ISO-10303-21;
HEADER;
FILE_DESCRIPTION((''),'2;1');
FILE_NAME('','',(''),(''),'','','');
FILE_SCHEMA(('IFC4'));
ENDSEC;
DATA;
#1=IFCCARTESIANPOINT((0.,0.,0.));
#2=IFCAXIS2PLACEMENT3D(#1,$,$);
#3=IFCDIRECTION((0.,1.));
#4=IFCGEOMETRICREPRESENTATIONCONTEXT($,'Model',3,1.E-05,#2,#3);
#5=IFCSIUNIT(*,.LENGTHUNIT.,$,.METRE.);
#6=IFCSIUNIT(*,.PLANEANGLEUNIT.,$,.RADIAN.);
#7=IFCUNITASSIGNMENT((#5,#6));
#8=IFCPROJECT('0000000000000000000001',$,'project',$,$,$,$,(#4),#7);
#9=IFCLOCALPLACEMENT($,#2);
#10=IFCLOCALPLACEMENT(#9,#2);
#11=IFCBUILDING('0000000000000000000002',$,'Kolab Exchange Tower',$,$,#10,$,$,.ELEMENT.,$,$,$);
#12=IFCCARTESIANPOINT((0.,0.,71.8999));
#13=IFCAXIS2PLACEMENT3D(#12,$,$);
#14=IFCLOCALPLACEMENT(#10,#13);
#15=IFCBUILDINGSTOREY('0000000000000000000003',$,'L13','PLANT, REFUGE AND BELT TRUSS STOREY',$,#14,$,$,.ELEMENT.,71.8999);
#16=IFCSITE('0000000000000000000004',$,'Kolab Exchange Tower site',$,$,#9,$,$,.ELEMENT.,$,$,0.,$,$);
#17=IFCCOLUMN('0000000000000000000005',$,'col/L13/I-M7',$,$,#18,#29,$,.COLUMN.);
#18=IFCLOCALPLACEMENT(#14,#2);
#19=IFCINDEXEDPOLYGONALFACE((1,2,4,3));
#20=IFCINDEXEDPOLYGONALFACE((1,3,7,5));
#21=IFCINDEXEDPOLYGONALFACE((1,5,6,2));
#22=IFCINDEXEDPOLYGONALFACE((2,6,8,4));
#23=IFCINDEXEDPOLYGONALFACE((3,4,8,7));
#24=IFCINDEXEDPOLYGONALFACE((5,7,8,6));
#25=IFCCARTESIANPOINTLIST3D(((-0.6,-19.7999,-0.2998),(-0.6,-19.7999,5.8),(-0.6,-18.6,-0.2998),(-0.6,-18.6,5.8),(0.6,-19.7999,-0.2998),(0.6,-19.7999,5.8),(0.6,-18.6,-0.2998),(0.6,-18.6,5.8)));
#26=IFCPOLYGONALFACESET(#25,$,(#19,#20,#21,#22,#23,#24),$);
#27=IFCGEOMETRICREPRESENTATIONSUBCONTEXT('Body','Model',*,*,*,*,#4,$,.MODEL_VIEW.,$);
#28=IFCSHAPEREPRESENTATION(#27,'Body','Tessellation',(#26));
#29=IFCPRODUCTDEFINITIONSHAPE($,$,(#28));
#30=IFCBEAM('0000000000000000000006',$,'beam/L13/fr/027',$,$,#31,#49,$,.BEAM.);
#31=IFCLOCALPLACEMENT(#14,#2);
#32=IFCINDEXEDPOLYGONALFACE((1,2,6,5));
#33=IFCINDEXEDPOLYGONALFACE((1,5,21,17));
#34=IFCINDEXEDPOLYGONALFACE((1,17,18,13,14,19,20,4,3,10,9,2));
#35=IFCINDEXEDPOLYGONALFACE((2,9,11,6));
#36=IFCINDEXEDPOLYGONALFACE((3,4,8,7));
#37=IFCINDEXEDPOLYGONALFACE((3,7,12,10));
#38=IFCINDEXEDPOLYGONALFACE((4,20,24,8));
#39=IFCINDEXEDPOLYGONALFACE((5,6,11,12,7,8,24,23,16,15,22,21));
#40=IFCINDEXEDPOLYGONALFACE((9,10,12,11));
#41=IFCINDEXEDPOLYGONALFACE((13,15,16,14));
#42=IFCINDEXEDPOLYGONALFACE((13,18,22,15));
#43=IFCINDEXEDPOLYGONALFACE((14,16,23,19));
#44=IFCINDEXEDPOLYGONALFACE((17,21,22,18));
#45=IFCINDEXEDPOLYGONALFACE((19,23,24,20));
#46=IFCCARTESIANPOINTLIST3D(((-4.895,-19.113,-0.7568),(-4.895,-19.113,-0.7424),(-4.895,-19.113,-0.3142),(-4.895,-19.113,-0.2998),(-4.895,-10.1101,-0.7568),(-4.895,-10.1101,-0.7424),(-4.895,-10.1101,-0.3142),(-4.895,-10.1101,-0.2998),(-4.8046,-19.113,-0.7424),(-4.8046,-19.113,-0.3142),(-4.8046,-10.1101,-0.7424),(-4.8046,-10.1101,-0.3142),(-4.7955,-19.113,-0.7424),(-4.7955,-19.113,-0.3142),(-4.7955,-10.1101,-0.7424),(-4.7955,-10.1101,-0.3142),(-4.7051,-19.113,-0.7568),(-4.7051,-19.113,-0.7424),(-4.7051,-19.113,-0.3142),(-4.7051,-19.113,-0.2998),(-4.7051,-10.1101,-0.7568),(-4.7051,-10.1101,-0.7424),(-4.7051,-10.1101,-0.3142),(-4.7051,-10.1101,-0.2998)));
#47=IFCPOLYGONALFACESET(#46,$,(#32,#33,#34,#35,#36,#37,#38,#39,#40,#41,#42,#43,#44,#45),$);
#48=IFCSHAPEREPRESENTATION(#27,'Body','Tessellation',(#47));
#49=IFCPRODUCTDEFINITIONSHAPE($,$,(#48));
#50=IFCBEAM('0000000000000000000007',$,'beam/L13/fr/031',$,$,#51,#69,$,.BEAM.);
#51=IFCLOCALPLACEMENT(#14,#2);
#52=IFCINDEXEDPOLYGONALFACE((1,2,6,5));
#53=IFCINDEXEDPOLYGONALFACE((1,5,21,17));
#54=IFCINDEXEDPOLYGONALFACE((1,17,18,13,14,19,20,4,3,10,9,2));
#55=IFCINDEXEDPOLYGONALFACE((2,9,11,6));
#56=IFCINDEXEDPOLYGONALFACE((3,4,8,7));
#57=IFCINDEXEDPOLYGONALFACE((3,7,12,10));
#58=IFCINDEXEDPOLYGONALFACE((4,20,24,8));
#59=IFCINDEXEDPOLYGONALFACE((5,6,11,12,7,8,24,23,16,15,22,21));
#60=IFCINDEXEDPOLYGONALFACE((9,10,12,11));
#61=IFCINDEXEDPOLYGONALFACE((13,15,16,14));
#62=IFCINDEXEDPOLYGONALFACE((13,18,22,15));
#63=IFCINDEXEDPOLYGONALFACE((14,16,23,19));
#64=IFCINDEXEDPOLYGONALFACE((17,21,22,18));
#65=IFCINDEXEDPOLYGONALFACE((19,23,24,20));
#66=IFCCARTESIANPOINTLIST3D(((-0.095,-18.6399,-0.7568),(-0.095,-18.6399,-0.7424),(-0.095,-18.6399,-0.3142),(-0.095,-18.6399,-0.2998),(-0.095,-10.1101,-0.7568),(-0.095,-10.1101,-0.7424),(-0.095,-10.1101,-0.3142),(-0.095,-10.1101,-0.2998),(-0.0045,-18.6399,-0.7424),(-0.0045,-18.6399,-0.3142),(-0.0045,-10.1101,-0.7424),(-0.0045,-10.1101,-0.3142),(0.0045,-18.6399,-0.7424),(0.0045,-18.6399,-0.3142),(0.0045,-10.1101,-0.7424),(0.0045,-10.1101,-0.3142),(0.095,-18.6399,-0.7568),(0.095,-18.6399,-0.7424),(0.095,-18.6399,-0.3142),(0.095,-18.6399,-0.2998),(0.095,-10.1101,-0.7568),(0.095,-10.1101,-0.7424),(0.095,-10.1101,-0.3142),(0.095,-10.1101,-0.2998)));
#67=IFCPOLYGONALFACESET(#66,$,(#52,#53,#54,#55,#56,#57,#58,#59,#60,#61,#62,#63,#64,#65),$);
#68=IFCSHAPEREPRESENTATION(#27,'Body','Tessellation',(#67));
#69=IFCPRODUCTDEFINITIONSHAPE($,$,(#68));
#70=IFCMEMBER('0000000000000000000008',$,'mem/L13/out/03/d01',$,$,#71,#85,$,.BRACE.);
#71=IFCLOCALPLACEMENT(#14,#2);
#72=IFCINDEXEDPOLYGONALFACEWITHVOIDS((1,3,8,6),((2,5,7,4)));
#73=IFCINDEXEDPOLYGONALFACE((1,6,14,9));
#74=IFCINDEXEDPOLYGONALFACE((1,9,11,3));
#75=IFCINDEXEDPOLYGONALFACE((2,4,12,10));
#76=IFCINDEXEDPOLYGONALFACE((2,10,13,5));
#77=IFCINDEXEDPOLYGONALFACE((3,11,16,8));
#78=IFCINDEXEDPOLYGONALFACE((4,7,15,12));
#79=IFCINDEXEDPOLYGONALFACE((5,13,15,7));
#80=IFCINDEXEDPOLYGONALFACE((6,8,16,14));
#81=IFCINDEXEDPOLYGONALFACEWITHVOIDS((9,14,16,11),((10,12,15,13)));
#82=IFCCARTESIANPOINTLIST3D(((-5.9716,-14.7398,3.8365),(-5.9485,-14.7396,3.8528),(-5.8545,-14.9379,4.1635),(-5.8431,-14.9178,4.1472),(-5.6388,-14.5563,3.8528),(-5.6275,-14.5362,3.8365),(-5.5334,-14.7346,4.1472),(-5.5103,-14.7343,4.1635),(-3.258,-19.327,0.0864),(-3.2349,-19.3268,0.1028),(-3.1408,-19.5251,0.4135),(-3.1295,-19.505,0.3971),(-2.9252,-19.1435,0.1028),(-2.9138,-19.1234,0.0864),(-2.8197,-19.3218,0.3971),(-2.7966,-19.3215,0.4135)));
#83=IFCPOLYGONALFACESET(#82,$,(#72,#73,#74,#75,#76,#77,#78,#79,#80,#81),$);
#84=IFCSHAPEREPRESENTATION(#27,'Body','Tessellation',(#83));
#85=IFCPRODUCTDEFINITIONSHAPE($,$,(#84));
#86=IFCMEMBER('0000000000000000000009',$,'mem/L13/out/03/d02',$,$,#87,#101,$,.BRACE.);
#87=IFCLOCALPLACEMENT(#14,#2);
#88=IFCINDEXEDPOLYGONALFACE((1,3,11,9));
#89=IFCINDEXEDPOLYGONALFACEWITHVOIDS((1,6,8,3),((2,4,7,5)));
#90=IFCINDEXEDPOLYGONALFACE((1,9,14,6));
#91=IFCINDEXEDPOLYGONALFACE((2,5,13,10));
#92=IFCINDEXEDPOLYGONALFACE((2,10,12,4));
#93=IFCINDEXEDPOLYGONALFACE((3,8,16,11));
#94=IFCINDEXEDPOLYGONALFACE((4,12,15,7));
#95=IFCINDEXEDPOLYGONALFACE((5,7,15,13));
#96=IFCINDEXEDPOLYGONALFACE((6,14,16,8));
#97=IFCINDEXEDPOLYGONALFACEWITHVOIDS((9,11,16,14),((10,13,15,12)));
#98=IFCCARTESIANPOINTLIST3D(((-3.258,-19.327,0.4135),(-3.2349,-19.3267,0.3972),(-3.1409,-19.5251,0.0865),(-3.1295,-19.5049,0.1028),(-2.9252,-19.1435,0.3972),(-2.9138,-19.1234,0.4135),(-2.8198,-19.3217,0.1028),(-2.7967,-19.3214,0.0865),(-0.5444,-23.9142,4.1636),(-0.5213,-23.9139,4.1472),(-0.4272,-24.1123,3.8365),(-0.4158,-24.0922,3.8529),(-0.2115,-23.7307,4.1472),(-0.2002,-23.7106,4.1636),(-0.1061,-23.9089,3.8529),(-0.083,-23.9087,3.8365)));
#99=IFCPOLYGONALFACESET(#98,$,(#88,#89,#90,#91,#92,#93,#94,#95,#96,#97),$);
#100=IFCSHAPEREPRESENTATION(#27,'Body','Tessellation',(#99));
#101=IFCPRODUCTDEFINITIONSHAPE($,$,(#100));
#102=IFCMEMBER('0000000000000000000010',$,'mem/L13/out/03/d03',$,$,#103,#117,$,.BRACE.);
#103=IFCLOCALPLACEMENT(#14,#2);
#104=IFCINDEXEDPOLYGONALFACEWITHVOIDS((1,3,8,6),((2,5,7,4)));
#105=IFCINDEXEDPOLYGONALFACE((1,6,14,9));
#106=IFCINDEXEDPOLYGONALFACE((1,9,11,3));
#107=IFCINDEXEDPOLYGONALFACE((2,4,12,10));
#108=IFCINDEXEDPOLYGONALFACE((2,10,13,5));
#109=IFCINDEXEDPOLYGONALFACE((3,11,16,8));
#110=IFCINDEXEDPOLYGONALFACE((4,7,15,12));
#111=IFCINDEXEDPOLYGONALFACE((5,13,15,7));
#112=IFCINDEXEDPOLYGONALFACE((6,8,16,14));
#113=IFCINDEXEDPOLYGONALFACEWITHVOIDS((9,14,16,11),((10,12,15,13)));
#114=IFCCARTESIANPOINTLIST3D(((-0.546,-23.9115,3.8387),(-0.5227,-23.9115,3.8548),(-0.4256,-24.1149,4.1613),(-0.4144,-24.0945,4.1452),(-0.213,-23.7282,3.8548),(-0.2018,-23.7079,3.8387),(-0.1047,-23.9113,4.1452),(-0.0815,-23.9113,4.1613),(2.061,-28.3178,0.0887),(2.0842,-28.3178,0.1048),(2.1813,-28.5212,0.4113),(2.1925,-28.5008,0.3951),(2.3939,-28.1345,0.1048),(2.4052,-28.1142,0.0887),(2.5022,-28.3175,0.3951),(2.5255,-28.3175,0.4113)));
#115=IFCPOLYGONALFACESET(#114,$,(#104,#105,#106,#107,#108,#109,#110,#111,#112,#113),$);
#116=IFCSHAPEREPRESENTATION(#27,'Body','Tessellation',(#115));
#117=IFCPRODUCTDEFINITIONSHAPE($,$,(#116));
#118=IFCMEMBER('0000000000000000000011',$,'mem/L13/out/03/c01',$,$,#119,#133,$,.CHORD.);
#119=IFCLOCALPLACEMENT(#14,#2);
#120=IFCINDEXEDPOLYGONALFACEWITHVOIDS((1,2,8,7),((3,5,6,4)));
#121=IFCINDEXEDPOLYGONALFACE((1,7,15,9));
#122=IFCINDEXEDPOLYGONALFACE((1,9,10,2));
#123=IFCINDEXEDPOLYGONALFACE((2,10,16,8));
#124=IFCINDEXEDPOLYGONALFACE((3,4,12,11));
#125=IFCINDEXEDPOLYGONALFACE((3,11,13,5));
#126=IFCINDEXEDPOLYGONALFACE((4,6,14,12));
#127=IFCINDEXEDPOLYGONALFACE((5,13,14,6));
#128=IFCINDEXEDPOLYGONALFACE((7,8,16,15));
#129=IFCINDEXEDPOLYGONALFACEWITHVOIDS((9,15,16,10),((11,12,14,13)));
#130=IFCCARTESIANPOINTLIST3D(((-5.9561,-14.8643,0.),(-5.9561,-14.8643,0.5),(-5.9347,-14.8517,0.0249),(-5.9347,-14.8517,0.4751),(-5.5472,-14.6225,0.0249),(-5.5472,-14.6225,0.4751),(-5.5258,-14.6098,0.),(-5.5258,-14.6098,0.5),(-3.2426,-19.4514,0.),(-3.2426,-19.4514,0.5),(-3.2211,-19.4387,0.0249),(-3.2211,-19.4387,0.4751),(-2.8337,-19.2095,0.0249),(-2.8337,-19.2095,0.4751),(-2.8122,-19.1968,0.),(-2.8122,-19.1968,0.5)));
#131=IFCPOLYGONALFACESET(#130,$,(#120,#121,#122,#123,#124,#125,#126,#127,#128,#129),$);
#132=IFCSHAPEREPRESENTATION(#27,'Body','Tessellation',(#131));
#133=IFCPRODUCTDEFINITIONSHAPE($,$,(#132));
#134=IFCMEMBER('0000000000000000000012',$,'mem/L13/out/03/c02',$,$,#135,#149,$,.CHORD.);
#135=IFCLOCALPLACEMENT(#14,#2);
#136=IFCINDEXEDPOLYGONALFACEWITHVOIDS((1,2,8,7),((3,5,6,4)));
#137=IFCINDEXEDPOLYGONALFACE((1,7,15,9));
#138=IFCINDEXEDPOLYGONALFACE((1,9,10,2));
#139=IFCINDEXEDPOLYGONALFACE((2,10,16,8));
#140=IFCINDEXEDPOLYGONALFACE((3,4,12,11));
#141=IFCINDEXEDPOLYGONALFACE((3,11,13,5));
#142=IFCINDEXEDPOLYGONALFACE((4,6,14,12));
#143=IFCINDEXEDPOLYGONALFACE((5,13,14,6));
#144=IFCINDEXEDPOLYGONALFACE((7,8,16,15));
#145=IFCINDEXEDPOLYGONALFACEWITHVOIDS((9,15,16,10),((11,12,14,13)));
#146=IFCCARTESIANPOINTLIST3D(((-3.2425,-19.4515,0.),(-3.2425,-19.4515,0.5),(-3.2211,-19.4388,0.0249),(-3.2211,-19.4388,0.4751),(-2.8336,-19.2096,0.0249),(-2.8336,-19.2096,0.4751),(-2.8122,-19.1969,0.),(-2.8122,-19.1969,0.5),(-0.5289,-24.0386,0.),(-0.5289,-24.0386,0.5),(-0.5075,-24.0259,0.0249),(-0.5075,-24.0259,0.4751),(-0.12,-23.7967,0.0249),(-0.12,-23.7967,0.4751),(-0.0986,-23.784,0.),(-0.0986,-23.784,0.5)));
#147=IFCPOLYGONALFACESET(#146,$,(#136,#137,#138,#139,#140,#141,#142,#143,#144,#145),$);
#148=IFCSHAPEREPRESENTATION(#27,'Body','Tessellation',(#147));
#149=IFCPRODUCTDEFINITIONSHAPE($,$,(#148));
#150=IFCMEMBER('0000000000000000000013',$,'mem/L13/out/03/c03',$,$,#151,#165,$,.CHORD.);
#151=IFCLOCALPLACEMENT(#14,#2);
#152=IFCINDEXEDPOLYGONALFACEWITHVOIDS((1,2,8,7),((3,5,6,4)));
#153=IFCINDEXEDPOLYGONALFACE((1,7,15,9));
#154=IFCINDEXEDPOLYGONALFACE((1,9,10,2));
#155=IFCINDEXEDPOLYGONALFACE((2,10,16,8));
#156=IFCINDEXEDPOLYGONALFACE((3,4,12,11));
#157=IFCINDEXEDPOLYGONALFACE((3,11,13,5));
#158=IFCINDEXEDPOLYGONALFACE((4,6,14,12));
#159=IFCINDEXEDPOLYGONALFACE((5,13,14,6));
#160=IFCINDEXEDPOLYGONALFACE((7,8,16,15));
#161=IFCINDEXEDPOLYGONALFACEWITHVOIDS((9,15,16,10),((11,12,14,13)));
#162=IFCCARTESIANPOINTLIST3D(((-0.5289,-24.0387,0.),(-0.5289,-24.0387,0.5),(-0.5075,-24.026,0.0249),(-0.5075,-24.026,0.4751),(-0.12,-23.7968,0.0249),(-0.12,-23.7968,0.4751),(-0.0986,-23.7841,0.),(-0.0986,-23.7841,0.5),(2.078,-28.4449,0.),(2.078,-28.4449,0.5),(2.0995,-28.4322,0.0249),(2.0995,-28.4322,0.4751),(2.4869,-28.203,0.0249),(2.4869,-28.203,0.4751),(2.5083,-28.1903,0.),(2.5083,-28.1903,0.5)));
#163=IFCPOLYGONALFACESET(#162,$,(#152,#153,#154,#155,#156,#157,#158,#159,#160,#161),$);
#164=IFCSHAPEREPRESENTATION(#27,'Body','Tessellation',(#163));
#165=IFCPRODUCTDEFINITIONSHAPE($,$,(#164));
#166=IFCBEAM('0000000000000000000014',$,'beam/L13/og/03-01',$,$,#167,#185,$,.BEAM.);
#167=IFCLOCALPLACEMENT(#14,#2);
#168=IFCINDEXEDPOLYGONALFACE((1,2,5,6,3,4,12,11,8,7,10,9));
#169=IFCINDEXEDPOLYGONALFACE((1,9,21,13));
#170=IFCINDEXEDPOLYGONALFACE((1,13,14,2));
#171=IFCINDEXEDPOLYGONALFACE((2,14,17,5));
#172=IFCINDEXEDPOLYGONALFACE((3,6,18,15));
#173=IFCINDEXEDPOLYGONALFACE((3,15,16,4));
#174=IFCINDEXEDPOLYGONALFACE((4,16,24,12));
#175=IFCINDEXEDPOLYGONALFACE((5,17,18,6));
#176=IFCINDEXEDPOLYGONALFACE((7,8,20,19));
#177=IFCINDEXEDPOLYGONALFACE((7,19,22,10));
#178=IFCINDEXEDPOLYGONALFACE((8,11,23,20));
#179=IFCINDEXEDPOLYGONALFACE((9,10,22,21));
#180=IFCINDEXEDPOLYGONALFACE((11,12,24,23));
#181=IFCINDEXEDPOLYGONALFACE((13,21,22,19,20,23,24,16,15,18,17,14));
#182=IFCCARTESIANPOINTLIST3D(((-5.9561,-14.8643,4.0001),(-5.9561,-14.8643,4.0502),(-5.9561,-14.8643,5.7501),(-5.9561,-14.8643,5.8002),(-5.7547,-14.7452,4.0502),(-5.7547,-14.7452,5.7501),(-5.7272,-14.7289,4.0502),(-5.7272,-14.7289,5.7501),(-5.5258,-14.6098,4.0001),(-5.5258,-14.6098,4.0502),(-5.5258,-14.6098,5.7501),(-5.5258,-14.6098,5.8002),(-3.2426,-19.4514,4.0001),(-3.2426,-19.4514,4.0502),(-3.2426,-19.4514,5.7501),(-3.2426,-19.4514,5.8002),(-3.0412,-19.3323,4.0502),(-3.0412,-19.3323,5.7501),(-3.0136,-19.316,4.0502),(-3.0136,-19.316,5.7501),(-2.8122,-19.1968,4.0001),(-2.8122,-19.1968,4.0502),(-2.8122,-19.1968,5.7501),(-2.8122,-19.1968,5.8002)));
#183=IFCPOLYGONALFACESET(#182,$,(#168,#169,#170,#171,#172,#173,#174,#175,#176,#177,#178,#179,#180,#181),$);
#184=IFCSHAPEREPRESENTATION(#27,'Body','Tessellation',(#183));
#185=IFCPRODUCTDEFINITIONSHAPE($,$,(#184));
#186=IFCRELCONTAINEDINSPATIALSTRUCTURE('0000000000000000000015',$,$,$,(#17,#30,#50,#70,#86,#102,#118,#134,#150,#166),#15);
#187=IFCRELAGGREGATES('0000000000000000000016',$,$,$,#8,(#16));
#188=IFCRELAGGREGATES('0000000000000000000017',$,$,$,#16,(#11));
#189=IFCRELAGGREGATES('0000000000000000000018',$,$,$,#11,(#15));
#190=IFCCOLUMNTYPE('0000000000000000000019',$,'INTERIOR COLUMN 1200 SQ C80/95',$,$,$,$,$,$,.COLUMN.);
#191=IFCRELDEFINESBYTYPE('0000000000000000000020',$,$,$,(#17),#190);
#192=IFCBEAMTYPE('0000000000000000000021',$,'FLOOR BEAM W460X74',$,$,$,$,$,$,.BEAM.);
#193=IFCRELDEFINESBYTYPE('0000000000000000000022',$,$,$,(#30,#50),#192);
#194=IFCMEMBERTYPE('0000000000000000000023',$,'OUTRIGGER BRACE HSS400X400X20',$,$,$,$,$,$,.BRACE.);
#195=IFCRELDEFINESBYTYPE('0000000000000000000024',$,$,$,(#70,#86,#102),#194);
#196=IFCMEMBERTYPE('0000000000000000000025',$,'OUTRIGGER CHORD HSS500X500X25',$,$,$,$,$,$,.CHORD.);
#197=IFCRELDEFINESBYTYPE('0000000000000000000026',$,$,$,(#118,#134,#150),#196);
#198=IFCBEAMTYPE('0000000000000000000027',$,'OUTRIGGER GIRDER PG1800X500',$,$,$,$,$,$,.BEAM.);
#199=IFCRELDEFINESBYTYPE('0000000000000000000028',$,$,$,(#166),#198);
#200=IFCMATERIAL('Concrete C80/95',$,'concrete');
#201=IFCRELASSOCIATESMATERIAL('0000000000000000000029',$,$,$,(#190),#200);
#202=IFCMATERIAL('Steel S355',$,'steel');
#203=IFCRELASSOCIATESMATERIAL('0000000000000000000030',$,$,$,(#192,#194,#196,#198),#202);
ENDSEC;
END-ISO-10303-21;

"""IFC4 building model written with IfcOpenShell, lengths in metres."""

from ifc_helpers import new_model, si_unit, direction, frame, origin, origin_2d, place, context, subcontext, project, spatial, rectangle, hollow_rectangle, i_section, extrude, material, material_profile, profile_set, type_object, element, save


model = new_model("IFC4")

# Units and contexts
model_context = context("Model", 3, precision=1e-05, world=origin(), true_north=direction((0.0, 1.0)))
body_context = subcontext(model_context, "Body", "Model", "MODEL_VIEW")
ifc_project = project(units=[si_unit("LENGTHUNIT", "METRE"), si_unit("PLANEANGLEUNIT", "RADIAN")], contexts=[model_context])

# Site, building, storey
site_placement = place(None, origin())
site = spatial("IfcSite", under=ifc_project, at=site_placement, Name="Kolab Exchange Tower site", CompositionType="ELEMENT", RefElevation=0.0)
building_placement = place(site_placement, origin())
building = spatial("IfcBuilding", under=site, at=building_placement, Name="Kolab Exchange Tower", CompositionType="ELEMENT")
storey_placement = place(building_placement, frame((0.0, 0.0, 71.8999)))
storey = spatial("IfcBuildingStorey", under=building, at=storey_placement, Name="L13", Description="PLANT, REFUGE AND BELT TRUSS STOREY", CompositionType="ELEMENT", Elevation=71.8999)

# Column
ifc_material_1 = material(Name="Concrete C80/95", Category="concrete")
ifc_material_profile_1 = material_profile(ifc_material_1, rectangle(XDim=1.2, YDim=1.2, at=origin_2d()), Name="RC1200")
ifc_profile_set_1 = profile_set([ifc_material_profile_1], Name="Concrete C80/95")
column_type = type_object("IfcColumnType", Name="INTERIOR COLUMN 1200 SQ C80/95", PredefinedType="COLUMN", material=ifc_profile_set_1)
column_placement = place(storey_placement, frame((0.0, -19.2, -0.2998), z_axis=(0.0, 0.0, 1.0), x_axis=(1.0, 0.0, 0.0)))
element("IfcColumn", 1, at=column_placement, inside=storey, type_object=column_type, Name="col/L13/I-M7", PredefinedType="COLUMN", context=body_context, shape_type="SweptSolid", body=[
    extrude(rectangle(XDim=1.2, YDim=1.2, at=origin_2d()), origin(), (0.0, 0.0, 1.0), 6.0999),
])

# Beams
ifc_material_2 = material(Name="Steel S355", Category="steel")
ifc_material_profile_2 = material_profile(ifc_material_2, i_section(OverallWidth=0.1899, OverallDepth=0.457, WebThickness=0.009, FlangeThickness=0.0144, at=origin_2d()), Name="W460X74")
ifc_profile_set_2 = profile_set([ifc_material_profile_2], Name="Steel S355")
beam_type_1 = type_object("IfcBeamType", Name="FLOOR BEAM W460X74", PredefinedType="BEAM", material=ifc_profile_set_2)
beam_1_placement = place(storey_placement, frame((-4.8, -19.113, -0.5283), z_axis=(0.0, 1.0, 0.0), x_axis=(-1.0, 0.0, 0.0)))
element("IfcBeam", 2, at=beam_1_placement, inside=storey, type_object=beam_type_1, Name="beam/L13/fr/027", PredefinedType="BEAM", context=body_context, shape_type="SweptSolid", body=[
    extrude(i_section(OverallWidth=0.1899, OverallDepth=0.457, WebThickness=0.009, FlangeThickness=0.0144, at=origin_2d()), origin(), (0.0, 0.0, 1.0), 9.0029),
])
beam_2_placement = place(storey_placement, frame((0.0, -18.6399, -0.5283), z_axis=(0.0, 1.0, 0.0), x_axis=(-1.0, 0.0, 0.0)))
element("IfcBeam", 3, at=beam_2_placement, inside=storey, type_object=beam_type_1, Name="beam/L13/fr/031", PredefinedType="BEAM", context=body_context, shape_type="SweptSolid", body=[
    extrude(i_section(OverallWidth=0.1899, OverallDepth=0.457, WebThickness=0.009, FlangeThickness=0.0144, at=origin_2d()), origin(), (0.0, 0.0, 1.0), 8.5298),
])

# Members
ifc_material_profile_3 = material_profile(ifc_material_2, hollow_rectangle(XDim=0.3999, YDim=0.3999, WallThickness=0.02, at=origin_2d()), Name="HSS400X400X20")
ifc_profile_set_3 = profile_set([ifc_material_profile_3], Name="Steel S355")
member_type_1 = type_object("IfcMemberType", Name="OUTRIGGER BRACE HSS400X400X20", PredefinedType="BRACE", material=ifc_profile_set_3)
for number, where, z_axis, x_axis, name in (
    (4, (-5.741, -14.7371, 4.0), (0.416406, -0.703901, -0.575439), (0.860677, 0.509151, 0.0), "mem/L13/out/03/d01"),
    (5, (-3.0273, -19.3242, 0.25), (0.416406, -0.703901, 0.575439), (0.860677, 0.509151, 0.0), "mem/L13/out/03/d02"),
):
    element("IfcMember", number, at=place(storey_placement, frame(where, z_axis=z_axis, x_axis=x_axis)), inside=storey, type_object=member_type_1, Name=name, PredefinedType="BRACE", context=body_context, shape_type="SweptSolid", body=[
        extrude(hollow_rectangle(XDim=0.3999, YDim=0.3999, WallThickness=0.02, at=origin_2d()), origin(), (0.0, 0.0, 1.0), 6.5168),
    ])
member_1_placement = place(storey_placement, frame((-0.3137, -23.9114, 4.0), z_axis=(0.41079, -0.694318, -0.590909), x_axis=(0.860649, 0.509198, 0.0)))
element("IfcMember", 6, at=member_1_placement, inside=storey, type_object=member_type_1, Name="mem/L13/out/03/d03", PredefinedType="BRACE", context=body_context, shape_type="SweptSolid", body=[
    extrude(hollow_rectangle(XDim=0.3999, YDim=0.3999, WallThickness=0.02, at=origin_2d()), origin(), (0.0, 0.0, 1.0), 6.3462),
])
ifc_material_profile_4 = material_profile(ifc_material_2, hollow_rectangle(XDim=0.5, YDim=0.5, WallThickness=0.0249, at=origin_2d()), Name="HSS500X500X25")
ifc_profile_set_4 = profile_set([ifc_material_profile_4], Name="Steel S355")
member_type_2 = type_object("IfcMemberType", Name="OUTRIGGER CHORD HSS500X500X25", PredefinedType="CHORD", material=ifc_profile_set_4)
for number, where, z_axis, x_axis, name in (
    (7, (-5.741, -14.7371, 0.25), (0.509151, -0.860677, 0.0), (0.860677, 0.509151, 0.0), "mem/L13/out/03/c01"),
    (8, (-3.0273, -19.3242, 0.25), (0.509151, -0.860677, 0.0), (0.860677, 0.509151, 0.0), "mem/L13/out/03/c02"),
):
    element("IfcMember", number, at=place(storey_placement, frame(where, z_axis=z_axis, x_axis=x_axis)), inside=storey, type_object=member_type_2, Name=name, PredefinedType="CHORD", context=body_context, shape_type="SweptSolid", body=[
        extrude(hollow_rectangle(XDim=0.5, YDim=0.5, WallThickness=0.0249, at=origin_2d()), origin(), (0.0, 0.0, 1.0), 5.3296),
    ])
member_2_placement = place(storey_placement, frame((-0.3137, -23.9114, 0.25), z_axis=(0.509198, -0.860649, 0.0), x_axis=(0.860649, 0.509198, 0.0)))
element("IfcMember", 9, at=member_2_placement, inside=storey, type_object=member_type_2, Name="mem/L13/out/03/c03", PredefinedType="CHORD", context=body_context, shape_type="SweptSolid", body=[
    extrude(hollow_rectangle(XDim=0.5, YDim=0.5, WallThickness=0.0249, at=origin_2d()), origin(), (0.0, 0.0, 1.0), 5.1196),
])

# Beam
ifc_material_profile_5 = material_profile(ifc_material_2, i_section(OverallWidth=0.5, OverallDepth=1.8, WebThickness=0.032, FlangeThickness=0.05, at=origin_2d()), Name="PG1800X500")
ifc_profile_set_5 = profile_set([ifc_material_profile_5], Name="Steel S355")
beam_type_2 = type_object("IfcBeamType", Name="OUTRIGGER GIRDER PG1800X500", PredefinedType="BEAM", material=ifc_profile_set_5)
for number, where, z_axis, x_axis, name in (
    (10, (-5.741, -14.7371, 4.9001), (0.509151, -0.860677, 0.0), (0.860677, 0.509151, 0.0), "beam/L13/og/03-01"),
):
    element("IfcBeam", number, at=place(storey_placement, frame(where, z_axis=z_axis, x_axis=x_axis)), inside=storey, type_object=beam_type_2, Name=name, PredefinedType="BEAM", context=body_context, shape_type="SweptSolid", body=[
        extrude(i_section(OverallWidth=0.5, OverallDepth=1.8, WebThickness=0.032, FlangeThickness=0.05, at=origin_2d()), origin(), (0.0, 0.0, 1.0), 5.3296),
    ])

save(model, "model.ifc")
